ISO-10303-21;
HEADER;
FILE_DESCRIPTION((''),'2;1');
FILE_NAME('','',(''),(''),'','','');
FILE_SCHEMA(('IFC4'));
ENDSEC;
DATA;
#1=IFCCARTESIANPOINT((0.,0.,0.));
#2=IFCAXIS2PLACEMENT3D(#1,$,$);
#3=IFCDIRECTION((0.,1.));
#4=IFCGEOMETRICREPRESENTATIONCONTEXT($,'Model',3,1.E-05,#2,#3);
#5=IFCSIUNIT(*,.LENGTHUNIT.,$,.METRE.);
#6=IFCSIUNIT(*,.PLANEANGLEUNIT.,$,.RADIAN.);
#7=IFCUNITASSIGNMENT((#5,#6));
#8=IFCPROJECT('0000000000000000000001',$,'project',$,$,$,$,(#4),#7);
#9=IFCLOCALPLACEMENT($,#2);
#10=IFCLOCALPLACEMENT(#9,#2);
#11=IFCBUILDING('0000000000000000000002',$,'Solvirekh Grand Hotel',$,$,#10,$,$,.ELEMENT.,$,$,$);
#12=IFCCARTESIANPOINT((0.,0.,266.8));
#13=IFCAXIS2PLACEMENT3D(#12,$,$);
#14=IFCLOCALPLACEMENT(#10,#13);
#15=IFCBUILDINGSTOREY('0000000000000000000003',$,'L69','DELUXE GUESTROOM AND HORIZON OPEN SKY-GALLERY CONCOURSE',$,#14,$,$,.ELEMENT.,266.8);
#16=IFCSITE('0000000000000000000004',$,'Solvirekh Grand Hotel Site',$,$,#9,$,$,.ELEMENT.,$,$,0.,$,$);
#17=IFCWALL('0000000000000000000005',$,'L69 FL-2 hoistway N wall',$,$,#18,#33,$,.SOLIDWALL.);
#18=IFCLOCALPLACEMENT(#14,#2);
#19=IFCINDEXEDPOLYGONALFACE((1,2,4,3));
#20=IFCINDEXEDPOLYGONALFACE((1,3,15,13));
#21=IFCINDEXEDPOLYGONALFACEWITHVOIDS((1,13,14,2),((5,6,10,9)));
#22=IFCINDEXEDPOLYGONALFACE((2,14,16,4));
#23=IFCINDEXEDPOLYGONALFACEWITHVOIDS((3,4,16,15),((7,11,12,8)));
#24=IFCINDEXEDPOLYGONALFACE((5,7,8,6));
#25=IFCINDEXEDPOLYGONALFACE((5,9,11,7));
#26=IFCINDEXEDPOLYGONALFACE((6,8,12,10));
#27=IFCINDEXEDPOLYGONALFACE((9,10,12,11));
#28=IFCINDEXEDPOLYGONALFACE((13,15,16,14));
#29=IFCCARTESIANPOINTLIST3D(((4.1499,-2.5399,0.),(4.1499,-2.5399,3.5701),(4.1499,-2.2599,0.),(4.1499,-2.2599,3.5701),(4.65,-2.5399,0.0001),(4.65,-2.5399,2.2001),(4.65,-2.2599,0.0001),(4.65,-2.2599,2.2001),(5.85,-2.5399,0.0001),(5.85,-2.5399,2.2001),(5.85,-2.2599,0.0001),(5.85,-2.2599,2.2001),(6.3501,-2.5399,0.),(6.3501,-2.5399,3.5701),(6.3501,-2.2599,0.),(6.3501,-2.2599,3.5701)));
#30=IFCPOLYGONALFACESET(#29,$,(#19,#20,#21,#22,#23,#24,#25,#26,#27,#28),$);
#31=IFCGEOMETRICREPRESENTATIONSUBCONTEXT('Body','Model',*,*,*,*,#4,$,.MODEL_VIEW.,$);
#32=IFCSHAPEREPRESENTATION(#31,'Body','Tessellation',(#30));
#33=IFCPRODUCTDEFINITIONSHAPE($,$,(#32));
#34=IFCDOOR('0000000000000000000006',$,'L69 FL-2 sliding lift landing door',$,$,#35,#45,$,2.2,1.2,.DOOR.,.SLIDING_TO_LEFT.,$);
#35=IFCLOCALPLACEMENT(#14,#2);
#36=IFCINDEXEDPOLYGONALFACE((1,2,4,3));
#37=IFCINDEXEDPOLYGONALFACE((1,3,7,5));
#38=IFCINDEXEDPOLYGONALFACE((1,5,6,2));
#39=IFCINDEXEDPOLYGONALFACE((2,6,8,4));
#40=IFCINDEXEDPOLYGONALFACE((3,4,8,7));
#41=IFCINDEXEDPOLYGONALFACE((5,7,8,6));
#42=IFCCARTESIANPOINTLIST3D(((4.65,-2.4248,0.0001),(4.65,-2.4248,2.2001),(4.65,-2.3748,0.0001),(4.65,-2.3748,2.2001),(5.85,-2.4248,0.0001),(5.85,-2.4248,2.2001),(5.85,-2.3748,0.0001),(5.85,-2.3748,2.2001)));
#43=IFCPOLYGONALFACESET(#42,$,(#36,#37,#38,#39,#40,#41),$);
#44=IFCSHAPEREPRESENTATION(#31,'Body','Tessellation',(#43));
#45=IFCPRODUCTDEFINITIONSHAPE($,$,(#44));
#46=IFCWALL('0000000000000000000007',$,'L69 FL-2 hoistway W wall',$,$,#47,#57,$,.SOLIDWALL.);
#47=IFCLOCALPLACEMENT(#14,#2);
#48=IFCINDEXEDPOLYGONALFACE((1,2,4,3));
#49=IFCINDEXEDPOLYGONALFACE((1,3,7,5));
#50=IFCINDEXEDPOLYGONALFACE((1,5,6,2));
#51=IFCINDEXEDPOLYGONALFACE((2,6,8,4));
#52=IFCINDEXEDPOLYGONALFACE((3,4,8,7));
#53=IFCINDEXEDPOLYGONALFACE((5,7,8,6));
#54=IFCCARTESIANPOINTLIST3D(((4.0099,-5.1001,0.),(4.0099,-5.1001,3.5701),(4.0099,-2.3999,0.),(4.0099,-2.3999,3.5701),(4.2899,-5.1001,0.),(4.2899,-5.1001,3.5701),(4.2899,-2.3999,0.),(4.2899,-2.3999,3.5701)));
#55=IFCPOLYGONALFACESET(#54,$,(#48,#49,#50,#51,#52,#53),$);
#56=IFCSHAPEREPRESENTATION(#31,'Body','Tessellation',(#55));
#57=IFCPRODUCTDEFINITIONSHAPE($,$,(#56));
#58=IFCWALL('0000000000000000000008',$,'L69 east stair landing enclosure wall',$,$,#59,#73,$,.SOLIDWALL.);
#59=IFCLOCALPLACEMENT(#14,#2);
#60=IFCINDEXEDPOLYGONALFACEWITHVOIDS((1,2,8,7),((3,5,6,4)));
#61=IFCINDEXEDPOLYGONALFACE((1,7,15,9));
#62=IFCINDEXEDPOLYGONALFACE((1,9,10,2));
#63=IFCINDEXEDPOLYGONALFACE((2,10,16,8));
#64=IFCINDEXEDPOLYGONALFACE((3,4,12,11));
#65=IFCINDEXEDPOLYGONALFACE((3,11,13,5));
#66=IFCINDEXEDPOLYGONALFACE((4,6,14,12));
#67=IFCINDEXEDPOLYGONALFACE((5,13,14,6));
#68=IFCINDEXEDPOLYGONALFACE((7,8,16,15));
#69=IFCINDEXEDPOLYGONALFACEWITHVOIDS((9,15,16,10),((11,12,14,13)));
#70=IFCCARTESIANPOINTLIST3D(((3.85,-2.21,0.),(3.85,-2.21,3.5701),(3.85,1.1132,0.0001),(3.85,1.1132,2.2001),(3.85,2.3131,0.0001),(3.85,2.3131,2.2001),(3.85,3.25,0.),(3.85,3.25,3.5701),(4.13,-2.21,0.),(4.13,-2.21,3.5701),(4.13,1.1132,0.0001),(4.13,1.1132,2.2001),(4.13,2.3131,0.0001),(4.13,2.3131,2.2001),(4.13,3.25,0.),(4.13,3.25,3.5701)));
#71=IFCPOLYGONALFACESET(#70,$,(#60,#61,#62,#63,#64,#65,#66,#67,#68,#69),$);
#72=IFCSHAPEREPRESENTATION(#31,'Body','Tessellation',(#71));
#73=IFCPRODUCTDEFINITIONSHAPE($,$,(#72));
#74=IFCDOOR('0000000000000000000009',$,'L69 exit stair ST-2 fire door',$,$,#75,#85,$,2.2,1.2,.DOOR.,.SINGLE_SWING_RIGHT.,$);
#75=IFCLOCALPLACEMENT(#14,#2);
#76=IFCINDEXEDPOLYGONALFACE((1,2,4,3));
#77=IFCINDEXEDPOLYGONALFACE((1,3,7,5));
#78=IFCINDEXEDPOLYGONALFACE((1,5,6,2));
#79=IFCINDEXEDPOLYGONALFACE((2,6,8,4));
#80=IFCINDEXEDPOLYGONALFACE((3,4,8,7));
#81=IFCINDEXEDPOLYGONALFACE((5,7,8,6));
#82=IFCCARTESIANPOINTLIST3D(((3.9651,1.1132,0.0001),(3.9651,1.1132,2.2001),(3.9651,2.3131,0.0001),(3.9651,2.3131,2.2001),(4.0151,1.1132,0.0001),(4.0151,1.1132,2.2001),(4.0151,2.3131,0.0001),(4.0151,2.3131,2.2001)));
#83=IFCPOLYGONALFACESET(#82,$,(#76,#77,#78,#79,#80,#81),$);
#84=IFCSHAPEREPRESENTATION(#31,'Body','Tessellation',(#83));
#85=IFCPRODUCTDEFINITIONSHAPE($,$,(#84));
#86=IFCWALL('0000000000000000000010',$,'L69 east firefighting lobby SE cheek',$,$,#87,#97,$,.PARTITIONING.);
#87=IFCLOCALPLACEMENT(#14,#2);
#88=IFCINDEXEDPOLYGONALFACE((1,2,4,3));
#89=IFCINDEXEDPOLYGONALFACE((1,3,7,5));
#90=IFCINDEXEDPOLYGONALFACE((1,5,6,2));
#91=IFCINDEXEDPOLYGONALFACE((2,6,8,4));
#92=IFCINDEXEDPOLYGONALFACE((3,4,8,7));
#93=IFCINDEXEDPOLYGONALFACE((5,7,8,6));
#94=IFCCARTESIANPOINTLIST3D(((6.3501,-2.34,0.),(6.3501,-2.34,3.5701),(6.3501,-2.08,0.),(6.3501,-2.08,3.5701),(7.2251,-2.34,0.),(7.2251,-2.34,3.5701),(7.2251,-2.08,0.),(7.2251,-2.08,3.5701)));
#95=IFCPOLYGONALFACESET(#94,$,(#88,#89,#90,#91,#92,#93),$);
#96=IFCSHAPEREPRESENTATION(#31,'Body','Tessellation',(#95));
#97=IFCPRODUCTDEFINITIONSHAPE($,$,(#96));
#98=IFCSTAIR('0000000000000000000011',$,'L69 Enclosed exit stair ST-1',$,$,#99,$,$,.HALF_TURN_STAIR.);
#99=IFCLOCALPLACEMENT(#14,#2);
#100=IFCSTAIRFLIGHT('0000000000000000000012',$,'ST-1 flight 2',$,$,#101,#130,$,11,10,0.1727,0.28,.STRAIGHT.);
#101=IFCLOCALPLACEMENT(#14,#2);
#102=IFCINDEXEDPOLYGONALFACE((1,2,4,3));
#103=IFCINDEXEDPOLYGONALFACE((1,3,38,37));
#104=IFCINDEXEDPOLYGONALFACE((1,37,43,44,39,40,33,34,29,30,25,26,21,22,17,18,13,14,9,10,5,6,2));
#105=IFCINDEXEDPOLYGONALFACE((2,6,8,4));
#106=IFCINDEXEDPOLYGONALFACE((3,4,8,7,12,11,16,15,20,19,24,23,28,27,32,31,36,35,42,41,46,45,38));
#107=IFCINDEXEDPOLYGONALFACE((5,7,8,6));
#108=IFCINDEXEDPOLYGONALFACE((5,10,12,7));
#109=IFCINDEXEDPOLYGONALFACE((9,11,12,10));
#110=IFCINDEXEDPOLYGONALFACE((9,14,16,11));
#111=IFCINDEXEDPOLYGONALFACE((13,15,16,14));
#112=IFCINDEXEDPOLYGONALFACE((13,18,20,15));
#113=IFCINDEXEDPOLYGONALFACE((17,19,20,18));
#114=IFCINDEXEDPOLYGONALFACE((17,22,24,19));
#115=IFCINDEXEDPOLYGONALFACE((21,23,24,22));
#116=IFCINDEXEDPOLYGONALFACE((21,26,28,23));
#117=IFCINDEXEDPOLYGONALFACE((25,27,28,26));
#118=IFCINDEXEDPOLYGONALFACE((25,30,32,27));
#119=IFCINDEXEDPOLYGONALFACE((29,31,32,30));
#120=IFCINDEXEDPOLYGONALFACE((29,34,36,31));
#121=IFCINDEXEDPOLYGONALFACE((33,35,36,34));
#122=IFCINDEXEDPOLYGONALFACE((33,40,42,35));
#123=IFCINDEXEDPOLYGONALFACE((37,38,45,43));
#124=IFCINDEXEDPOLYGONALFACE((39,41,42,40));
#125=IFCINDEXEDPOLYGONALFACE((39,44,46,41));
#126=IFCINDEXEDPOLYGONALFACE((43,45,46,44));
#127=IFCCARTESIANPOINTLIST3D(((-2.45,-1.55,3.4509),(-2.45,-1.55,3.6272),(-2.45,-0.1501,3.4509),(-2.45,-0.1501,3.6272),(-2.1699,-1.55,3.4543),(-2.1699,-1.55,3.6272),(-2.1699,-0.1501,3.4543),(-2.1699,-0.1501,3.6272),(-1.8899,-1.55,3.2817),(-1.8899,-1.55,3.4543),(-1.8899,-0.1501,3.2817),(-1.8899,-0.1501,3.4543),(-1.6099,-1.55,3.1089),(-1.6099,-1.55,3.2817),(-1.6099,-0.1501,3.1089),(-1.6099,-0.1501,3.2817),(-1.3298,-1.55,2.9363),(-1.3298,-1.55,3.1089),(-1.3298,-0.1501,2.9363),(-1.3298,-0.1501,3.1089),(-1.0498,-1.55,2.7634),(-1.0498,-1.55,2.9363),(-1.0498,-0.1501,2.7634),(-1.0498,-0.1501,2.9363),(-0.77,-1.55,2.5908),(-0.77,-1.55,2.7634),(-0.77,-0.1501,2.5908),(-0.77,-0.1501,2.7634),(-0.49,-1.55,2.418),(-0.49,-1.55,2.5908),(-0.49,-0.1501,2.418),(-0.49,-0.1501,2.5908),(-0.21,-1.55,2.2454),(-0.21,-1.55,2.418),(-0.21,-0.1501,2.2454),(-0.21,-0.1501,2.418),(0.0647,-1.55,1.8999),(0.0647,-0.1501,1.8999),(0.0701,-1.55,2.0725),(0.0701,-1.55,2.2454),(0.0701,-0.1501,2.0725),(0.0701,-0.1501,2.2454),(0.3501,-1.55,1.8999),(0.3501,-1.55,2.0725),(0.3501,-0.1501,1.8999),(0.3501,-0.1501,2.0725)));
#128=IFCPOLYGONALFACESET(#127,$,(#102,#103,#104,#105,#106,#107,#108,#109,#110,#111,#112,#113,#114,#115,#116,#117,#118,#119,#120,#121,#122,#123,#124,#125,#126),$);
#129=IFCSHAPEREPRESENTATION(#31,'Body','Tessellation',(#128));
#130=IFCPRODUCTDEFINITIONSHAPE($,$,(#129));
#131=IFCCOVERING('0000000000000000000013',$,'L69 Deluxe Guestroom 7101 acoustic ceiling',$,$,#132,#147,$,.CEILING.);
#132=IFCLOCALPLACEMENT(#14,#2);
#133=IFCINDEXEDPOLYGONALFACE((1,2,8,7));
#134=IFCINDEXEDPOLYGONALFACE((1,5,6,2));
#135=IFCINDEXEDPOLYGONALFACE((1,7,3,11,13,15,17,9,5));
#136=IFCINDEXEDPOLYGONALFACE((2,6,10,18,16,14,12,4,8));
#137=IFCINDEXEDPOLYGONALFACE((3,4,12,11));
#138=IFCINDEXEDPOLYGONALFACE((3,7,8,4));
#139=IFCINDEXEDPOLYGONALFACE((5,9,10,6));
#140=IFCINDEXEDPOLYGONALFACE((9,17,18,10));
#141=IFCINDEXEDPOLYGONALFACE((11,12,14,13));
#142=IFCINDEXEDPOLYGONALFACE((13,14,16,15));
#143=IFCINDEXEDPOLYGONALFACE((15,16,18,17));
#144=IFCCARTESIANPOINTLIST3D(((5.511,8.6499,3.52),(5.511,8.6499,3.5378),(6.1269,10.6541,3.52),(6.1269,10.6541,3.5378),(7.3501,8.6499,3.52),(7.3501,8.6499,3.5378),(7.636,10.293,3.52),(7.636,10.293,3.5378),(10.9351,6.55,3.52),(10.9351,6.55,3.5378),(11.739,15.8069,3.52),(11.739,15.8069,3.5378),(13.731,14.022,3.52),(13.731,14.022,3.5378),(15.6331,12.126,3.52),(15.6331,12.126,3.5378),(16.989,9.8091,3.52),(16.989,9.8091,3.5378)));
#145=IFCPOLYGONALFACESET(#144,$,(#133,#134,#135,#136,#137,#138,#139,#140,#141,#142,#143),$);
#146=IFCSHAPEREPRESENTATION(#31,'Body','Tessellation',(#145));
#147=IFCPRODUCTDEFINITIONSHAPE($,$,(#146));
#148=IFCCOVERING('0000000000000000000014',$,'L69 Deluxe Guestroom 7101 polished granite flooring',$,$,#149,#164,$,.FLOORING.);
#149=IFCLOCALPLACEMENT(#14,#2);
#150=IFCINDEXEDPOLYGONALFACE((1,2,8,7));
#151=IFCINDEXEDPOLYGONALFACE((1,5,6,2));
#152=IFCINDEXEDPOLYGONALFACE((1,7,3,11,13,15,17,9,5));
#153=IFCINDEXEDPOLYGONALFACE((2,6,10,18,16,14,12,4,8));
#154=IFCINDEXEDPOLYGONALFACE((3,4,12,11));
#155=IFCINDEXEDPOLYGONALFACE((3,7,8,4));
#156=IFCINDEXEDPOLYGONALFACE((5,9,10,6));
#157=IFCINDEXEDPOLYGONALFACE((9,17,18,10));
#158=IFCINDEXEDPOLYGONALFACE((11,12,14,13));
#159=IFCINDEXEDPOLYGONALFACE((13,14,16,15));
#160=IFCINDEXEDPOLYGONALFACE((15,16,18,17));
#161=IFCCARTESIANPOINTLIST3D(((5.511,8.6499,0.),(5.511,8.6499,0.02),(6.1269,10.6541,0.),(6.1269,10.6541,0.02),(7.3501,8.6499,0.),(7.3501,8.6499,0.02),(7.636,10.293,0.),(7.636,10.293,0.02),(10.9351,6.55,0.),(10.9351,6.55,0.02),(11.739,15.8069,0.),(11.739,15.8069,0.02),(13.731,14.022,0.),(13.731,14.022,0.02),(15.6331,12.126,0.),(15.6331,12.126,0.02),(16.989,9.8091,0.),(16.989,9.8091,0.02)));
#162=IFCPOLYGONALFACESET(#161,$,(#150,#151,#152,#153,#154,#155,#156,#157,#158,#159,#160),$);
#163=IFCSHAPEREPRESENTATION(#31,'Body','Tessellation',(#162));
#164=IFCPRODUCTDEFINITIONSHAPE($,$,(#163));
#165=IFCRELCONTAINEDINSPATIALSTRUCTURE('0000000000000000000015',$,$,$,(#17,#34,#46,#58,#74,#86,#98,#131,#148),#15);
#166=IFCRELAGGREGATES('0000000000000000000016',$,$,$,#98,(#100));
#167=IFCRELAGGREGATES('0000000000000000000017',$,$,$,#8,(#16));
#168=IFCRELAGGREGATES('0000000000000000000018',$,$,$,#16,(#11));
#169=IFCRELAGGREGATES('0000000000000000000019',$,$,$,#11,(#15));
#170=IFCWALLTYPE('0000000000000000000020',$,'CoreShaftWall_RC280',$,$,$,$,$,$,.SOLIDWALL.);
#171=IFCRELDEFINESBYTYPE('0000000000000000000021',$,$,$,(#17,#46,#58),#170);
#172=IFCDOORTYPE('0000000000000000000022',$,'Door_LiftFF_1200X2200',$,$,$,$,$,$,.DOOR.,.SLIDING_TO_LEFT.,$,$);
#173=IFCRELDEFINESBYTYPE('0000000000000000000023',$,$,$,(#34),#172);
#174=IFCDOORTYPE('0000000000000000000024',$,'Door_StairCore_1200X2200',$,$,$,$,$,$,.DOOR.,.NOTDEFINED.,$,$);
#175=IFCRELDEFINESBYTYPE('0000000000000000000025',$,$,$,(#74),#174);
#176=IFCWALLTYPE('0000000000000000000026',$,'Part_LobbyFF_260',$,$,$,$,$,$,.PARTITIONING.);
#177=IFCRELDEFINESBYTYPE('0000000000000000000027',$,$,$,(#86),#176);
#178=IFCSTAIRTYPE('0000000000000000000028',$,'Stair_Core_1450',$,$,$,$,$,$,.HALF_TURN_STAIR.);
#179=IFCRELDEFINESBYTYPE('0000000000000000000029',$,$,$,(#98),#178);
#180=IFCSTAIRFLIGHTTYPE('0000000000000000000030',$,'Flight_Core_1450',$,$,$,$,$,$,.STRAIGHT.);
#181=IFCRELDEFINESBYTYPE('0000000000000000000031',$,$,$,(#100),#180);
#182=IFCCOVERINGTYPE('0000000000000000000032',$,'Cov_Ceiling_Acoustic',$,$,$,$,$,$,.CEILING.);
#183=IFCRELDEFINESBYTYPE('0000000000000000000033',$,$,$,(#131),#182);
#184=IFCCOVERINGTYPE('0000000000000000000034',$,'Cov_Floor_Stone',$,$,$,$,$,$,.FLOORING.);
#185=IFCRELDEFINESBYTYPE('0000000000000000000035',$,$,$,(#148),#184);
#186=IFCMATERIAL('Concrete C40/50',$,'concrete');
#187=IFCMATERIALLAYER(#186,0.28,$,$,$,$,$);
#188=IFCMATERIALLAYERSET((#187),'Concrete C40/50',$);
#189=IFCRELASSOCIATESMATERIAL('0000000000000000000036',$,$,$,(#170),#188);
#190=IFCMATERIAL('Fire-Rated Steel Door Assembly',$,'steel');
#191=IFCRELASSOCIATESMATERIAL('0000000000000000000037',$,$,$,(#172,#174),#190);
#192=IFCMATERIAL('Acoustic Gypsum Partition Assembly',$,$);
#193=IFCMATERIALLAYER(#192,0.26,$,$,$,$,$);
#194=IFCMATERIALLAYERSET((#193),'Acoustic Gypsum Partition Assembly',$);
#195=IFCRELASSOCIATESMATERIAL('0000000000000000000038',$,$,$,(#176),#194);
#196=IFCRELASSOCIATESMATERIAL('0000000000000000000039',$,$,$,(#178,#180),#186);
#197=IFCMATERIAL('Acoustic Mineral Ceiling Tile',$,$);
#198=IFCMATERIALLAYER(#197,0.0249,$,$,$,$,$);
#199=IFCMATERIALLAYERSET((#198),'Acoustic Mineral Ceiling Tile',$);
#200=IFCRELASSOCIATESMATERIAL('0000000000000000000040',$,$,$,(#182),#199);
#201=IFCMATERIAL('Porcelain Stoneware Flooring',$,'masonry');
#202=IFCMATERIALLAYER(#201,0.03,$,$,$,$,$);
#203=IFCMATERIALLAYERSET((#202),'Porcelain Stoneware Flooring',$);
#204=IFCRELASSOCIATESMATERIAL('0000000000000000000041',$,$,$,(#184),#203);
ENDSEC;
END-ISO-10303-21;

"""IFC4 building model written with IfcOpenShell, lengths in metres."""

from ifc_helpers import new_model, si_unit, direction, frame, frame_2d, origin, place, context, subcontext, project, spatial, polyline, rectangle, outline, extrude, material, layer, layer_set, type_object, element, fill, aggregate, save


model = new_model("IFC4")

# Units and contexts
model_context = context("Model", 3, precision=1e-05, world=origin(), true_north=direction((0.0, 1.0)))
body_context = subcontext(model_context, "Body", "Model", "MODEL_VIEW")
ifc_project = project(units=[si_unit("LENGTHUNIT", "METRE"), si_unit("PLANEANGLEUNIT", "RADIAN")], contexts=[model_context])

# Site, building, storey
site_placement = place(None, origin())
site = spatial("IfcSite", under=ifc_project, at=site_placement, Name="Solvirekh Grand Hotel Site", CompositionType="ELEMENT", RefElevation=0.0)
building_placement = place(site_placement, origin())
building = spatial("IfcBuilding", under=site, at=building_placement, Name="Solvirekh Grand Hotel", CompositionType="ELEMENT")
storey_placement = place(building_placement, frame((0.0, 0.0, 266.8)))
storey = spatial("IfcBuildingStorey", under=building, at=storey_placement, Name="L69", Description="DELUXE GUESTROOM AND HORIZON OPEN SKY-GALLERY CONCOURSE", CompositionType="ELEMENT", Elevation=266.8)

# Shared definitions
ifc_material_1 = material(Name="Concrete C40/50", Category="concrete")
ifc_layer_1 = layer(ifc_material_1, 0.28)
ifc_layer_set_1 = layer_set([ifc_layer_1], Name="Concrete C40/50")
wall_type_1 = type_object("IfcWallType", Name="CoreShaftWall_RC280", PredefinedType="SOLIDWALL", material=ifc_layer_set_1)

# Wall, opening, door
wall_1_placement = place(storey_placement, frame((6.3501, -2.3999, 0.0), z_axis=(0.0, 0.0, 1.0), x_axis=(-1.0, 0.0, 0.0)))
wall_1 = element("IfcWall", 1, at=wall_1_placement, inside=storey, type_object=wall_type_1, Name="L69 FL-2 hoistway N wall", PredefinedType="SOLIDWALL", context=body_context, shape_type="SweptSolid", body=[
    extrude(rectangle(XDim=2.2002, YDim=0.28, at=frame_2d((1.1001, 0.0))), origin(), (0.0, 0.0, 1.0), 3.5701),
])
opening_1_placement = place(wall_1_placement, frame((0.5, 0.0, 0.0)))
opening_1 = element("IfcOpeningElement", 2, at=opening_1_placement, cuts=wall_1, PredefinedType="OPENING", context=body_context, shape_type="SweptSolid", body=[
    extrude(rectangle(XDim=1.2, YDim=2.2, at=frame_2d((0.6001, 1.1001))), frame((0.0, 0.1499, 0.0), z_axis=(0.0, -1.0, 0.0), x_axis=(1.0, 0.0, 0.0)), (0.0, 0.0, 1.0), 0.3),
])
ifc_material_2 = material(Name="Fire-Rated Steel Door Assembly", Category="steel")
door_type_1 = type_object("IfcDoorType", Name="Door_LiftFF_1200X2200", OperationType="SLIDING_TO_LEFT", PredefinedType="DOOR", material=ifc_material_2)
door_1_placement = place(opening_1_placement, origin())
door_1 = element("IfcDoor", 3, at=door_1_placement, inside=storey, type_object=door_type_1, Name="L69 FL-2 sliding lift landing door", OperationType="SLIDING_TO_LEFT", OverallHeight=2.2, OverallWidth=1.2, PredefinedType="DOOR", context=body_context, shape_type="SweptSolid", body=[
    extrude(rectangle(XDim=1.2, YDim=2.2, at=frame_2d((0.6001, 1.1001))), frame((0.0, 0.0249, 0.0), z_axis=(0.0, -1.0, 0.0), x_axis=(1.0, 0.0, 0.0)), (0.0, 0.0, 1.0), 0.05),
])
fill(opening_1, door_1)

# Wall
wall_2_placement = place(storey_placement, frame((4.1499, -2.3999, 0.0), z_axis=(0.0, 0.0, 1.0), x_axis=(0.0, -1.0, 0.0)))
element("IfcWall", 4, at=wall_2_placement, inside=storey, type_object=wall_type_1, Name="L69 FL-2 hoistway W wall", PredefinedType="SOLIDWALL", context=body_context, shape_type="SweptSolid", body=[
    extrude(rectangle(XDim=2.7002, YDim=0.28, at=frame_2d((1.3501, 0.0))), origin(), (0.0, 0.0, 1.0), 3.5701),
])

# Wall, opening, door
wall_3_placement = place(storey_placement, frame((3.99, -2.21, 0.0), z_axis=(0.0, 0.0, 1.0), x_axis=(0.0, 1.0, 0.0)))
wall_3 = element("IfcWall", 5, at=wall_3_placement, inside=storey, type_object=wall_type_1, Name="L69 east stair landing enclosure wall", PredefinedType="SOLIDWALL", context=body_context, shape_type="SweptSolid", body=[
    extrude(rectangle(XDim=5.46, YDim=0.28, at=frame_2d((2.73, 0.0))), origin(), (0.0, 0.0, 1.0), 3.5701),
])
opening_2_placement = place(wall_3_placement, frame((3.323, 0.0, 0.0)))
opening_2 = element("IfcOpeningElement", 6, at=opening_2_placement, cuts=wall_3, PredefinedType="OPENING", context=body_context, shape_type="SweptSolid", body=[
    extrude(rectangle(XDim=1.2, YDim=2.2, at=frame_2d((0.6001, 1.1001))), frame((0.0, 0.1499, 0.0), z_axis=(0.0, -1.0, 0.0), x_axis=(1.0, 0.0, 0.0)), (0.0, 0.0, 1.0), 0.3),
])
door_type_2 = type_object("IfcDoorType", Name="Door_StairCore_1200X2200", OperationType="NOTDEFINED", PredefinedType="DOOR", material=ifc_material_2)
door_2_placement = place(opening_2_placement, origin())
door_2 = element("IfcDoor", 7, at=door_2_placement, inside=storey, type_object=door_type_2, Name="L69 exit stair ST-2 fire door", OperationType="SINGLE_SWING_RIGHT", OverallHeight=2.2, OverallWidth=1.2, PredefinedType="DOOR", context=body_context, shape_type="SweptSolid", body=[
    extrude(rectangle(XDim=1.2, YDim=2.2, at=frame_2d((0.6001, 1.1001))), frame((0.0, 0.0249, 0.0), z_axis=(0.0, -1.0, 0.0), x_axis=(1.0, 0.0, 0.0)), (0.0, 0.0, 1.0), 0.05),
])
fill(opening_2, door_2)

# Wall
ifc_material_3 = material(Name="Acoustic Gypsum Partition Assembly")
ifc_layer_2 = layer(ifc_material_3, 0.26)
ifc_layer_set_2 = layer_set([ifc_layer_2], Name="Acoustic Gypsum Partition Assembly")
wall_type_2 = type_object("IfcWallType", Name="Part_LobbyFF_260", PredefinedType="PARTITIONING", material=ifc_layer_set_2)
wall_4_placement = place(storey_placement, frame((6.3501, -2.21, 0.0), z_axis=(0.0, 0.0, 1.0), x_axis=(1.0, 0.0, 0.0)))
element("IfcWall", 8, at=wall_4_placement, inside=storey, type_object=wall_type_2, Name="L69 east firefighting lobby SE cheek", PredefinedType="PARTITIONING", context=body_context, shape_type="SweptSolid", body=[
    extrude(rectangle(XDim=0.875, YDim=0.26, at=frame_2d((0.4375, 0.0))), origin(), (0.0, 0.0, 1.0), 3.5701),
])

# Stair, stair flight
stair_type = type_object("IfcStairType", Name="Stair_Core_1450", PredefinedType="HALF_TURN_STAIR", material=ifc_material_1)
stair_placement = place(storey_placement, origin())
stair = element("IfcStair", 9, at=stair_placement, inside=storey, type_object=stair_type, Name="L69 Enclosed exit stair ST-1", PredefinedType="HALF_TURN_STAIR")
stair_flight_type = type_object("IfcStairFlightType", Name="Flight_Core_1450", PredefinedType="STRAIGHT", material=ifc_material_1)
stair_flight_placement = place(storey_placement, frame((0.3501, -0.8501, 1.8999), z_axis=(0.0, 0.0, 1.0), x_axis=(-1.0, 0.0, 0.0)))
stair_flight = element("IfcStairFlight", 10, at=stair_flight_placement, type_object=stair_flight_type, Name="ST-1 flight 2", NumberOfRisers=11, NumberOfTreads=10, PredefinedType="STRAIGHT", RiserHeight=0.1727, TreadLength=0.28, context=body_context, shape_type="SweptSolid", body=[
    extrude(outline(polyline([(0.0, 0.0), (0.0, 0.1726), (0.28, 0.1726), (0.28, 0.3455), (0.5601, 0.3455), (0.5601, 0.5181), (0.8401, 0.5181), (0.8401, 0.6909), (1.1201, 0.6909), (1.1201, 0.8635), (1.3999, 0.8635), (1.3999, 1.0364), (1.6799, 1.0364), (1.6799, 1.209), (1.96, 1.209), (1.96, 1.3818), (2.24, 1.3818), (2.24, 1.5544), (2.52, 1.5544), (2.52, 1.7273), (2.8, 1.7273), (2.8, 1.8999), (2.8, 1.551), (0.2854, 0.0), (0.0, 0.0)])), frame((0.0, 0.7, 0.0), z_axis=(0.0, -1.0, 0.0), x_axis=(1.0, 0.0, 0.0)), (0.0, 0.0, 1.0), 1.3999),
])
aggregate(stair, [stair_flight])

# Coverings
ifc_material_4 = material(Name="Acoustic Mineral Ceiling Tile")
ifc_layer_3 = layer(ifc_material_4, 0.0249)
ifc_layer_set_3 = layer_set([ifc_layer_3], Name="Acoustic Mineral Ceiling Tile")
covering_type_1 = type_object("IfcCoveringType", Name="Cov_Ceiling_Acoustic", PredefinedType="CEILING", material=ifc_layer_set_3)
covering_1_placement = place(storey_placement, frame((0.0, 0.0, 3.52)))
element("IfcCovering", 11, at=covering_1_placement, inside=storey, type_object=covering_type_1, Name="L69 Deluxe Guestroom 7101 acoustic ceiling", PredefinedType="CEILING", context=body_context, shape_type="SweptSolid", body=[
    extrude(outline(polyline([(3.9441, 8.6499), (6.127, 10.6541), (7.636, 10.293), (5.511, 8.6499), (7.3501, 8.6499), (10.9351, 6.55), (16.989, 9.8091), (15.6331, 12.126), (13.731, 14.022), (11.739, 15.8069), (3.9441, 8.6499)])), origin(), (0.0, 0.0, 1.0), 0.0178),
])
ifc_material_5 = material(Name="Porcelain Stoneware Flooring", Category="masonry")
ifc_layer_4 = layer(ifc_material_5, 0.03)
ifc_layer_set_4 = layer_set([ifc_layer_4], Name="Porcelain Stoneware Flooring")
covering_type_2 = type_object("IfcCoveringType", Name="Cov_Floor_Stone", PredefinedType="FLOORING", material=ifc_layer_set_4)
covering_2_placement = place(storey_placement, origin())
element("IfcCovering", 12, at=covering_2_placement, inside=storey, type_object=covering_type_2, Name="L69 Deluxe Guestroom 7101 polished granite flooring", PredefinedType="FLOORING", context=body_context, shape_type="SweptSolid", body=[
    extrude(outline(polyline([(3.9441, 8.6499), (6.127, 10.6541), (7.636, 10.293), (5.511, 8.6499), (7.3501, 8.6499), (10.9351, 6.55), (16.989, 9.8091), (15.6331, 12.126), (13.731, 14.022), (11.739, 15.8069), (3.9441, 8.6499)])), origin(), (0.0, 0.0, 1.0), 0.02),
])

save(model, "model.ifc")
